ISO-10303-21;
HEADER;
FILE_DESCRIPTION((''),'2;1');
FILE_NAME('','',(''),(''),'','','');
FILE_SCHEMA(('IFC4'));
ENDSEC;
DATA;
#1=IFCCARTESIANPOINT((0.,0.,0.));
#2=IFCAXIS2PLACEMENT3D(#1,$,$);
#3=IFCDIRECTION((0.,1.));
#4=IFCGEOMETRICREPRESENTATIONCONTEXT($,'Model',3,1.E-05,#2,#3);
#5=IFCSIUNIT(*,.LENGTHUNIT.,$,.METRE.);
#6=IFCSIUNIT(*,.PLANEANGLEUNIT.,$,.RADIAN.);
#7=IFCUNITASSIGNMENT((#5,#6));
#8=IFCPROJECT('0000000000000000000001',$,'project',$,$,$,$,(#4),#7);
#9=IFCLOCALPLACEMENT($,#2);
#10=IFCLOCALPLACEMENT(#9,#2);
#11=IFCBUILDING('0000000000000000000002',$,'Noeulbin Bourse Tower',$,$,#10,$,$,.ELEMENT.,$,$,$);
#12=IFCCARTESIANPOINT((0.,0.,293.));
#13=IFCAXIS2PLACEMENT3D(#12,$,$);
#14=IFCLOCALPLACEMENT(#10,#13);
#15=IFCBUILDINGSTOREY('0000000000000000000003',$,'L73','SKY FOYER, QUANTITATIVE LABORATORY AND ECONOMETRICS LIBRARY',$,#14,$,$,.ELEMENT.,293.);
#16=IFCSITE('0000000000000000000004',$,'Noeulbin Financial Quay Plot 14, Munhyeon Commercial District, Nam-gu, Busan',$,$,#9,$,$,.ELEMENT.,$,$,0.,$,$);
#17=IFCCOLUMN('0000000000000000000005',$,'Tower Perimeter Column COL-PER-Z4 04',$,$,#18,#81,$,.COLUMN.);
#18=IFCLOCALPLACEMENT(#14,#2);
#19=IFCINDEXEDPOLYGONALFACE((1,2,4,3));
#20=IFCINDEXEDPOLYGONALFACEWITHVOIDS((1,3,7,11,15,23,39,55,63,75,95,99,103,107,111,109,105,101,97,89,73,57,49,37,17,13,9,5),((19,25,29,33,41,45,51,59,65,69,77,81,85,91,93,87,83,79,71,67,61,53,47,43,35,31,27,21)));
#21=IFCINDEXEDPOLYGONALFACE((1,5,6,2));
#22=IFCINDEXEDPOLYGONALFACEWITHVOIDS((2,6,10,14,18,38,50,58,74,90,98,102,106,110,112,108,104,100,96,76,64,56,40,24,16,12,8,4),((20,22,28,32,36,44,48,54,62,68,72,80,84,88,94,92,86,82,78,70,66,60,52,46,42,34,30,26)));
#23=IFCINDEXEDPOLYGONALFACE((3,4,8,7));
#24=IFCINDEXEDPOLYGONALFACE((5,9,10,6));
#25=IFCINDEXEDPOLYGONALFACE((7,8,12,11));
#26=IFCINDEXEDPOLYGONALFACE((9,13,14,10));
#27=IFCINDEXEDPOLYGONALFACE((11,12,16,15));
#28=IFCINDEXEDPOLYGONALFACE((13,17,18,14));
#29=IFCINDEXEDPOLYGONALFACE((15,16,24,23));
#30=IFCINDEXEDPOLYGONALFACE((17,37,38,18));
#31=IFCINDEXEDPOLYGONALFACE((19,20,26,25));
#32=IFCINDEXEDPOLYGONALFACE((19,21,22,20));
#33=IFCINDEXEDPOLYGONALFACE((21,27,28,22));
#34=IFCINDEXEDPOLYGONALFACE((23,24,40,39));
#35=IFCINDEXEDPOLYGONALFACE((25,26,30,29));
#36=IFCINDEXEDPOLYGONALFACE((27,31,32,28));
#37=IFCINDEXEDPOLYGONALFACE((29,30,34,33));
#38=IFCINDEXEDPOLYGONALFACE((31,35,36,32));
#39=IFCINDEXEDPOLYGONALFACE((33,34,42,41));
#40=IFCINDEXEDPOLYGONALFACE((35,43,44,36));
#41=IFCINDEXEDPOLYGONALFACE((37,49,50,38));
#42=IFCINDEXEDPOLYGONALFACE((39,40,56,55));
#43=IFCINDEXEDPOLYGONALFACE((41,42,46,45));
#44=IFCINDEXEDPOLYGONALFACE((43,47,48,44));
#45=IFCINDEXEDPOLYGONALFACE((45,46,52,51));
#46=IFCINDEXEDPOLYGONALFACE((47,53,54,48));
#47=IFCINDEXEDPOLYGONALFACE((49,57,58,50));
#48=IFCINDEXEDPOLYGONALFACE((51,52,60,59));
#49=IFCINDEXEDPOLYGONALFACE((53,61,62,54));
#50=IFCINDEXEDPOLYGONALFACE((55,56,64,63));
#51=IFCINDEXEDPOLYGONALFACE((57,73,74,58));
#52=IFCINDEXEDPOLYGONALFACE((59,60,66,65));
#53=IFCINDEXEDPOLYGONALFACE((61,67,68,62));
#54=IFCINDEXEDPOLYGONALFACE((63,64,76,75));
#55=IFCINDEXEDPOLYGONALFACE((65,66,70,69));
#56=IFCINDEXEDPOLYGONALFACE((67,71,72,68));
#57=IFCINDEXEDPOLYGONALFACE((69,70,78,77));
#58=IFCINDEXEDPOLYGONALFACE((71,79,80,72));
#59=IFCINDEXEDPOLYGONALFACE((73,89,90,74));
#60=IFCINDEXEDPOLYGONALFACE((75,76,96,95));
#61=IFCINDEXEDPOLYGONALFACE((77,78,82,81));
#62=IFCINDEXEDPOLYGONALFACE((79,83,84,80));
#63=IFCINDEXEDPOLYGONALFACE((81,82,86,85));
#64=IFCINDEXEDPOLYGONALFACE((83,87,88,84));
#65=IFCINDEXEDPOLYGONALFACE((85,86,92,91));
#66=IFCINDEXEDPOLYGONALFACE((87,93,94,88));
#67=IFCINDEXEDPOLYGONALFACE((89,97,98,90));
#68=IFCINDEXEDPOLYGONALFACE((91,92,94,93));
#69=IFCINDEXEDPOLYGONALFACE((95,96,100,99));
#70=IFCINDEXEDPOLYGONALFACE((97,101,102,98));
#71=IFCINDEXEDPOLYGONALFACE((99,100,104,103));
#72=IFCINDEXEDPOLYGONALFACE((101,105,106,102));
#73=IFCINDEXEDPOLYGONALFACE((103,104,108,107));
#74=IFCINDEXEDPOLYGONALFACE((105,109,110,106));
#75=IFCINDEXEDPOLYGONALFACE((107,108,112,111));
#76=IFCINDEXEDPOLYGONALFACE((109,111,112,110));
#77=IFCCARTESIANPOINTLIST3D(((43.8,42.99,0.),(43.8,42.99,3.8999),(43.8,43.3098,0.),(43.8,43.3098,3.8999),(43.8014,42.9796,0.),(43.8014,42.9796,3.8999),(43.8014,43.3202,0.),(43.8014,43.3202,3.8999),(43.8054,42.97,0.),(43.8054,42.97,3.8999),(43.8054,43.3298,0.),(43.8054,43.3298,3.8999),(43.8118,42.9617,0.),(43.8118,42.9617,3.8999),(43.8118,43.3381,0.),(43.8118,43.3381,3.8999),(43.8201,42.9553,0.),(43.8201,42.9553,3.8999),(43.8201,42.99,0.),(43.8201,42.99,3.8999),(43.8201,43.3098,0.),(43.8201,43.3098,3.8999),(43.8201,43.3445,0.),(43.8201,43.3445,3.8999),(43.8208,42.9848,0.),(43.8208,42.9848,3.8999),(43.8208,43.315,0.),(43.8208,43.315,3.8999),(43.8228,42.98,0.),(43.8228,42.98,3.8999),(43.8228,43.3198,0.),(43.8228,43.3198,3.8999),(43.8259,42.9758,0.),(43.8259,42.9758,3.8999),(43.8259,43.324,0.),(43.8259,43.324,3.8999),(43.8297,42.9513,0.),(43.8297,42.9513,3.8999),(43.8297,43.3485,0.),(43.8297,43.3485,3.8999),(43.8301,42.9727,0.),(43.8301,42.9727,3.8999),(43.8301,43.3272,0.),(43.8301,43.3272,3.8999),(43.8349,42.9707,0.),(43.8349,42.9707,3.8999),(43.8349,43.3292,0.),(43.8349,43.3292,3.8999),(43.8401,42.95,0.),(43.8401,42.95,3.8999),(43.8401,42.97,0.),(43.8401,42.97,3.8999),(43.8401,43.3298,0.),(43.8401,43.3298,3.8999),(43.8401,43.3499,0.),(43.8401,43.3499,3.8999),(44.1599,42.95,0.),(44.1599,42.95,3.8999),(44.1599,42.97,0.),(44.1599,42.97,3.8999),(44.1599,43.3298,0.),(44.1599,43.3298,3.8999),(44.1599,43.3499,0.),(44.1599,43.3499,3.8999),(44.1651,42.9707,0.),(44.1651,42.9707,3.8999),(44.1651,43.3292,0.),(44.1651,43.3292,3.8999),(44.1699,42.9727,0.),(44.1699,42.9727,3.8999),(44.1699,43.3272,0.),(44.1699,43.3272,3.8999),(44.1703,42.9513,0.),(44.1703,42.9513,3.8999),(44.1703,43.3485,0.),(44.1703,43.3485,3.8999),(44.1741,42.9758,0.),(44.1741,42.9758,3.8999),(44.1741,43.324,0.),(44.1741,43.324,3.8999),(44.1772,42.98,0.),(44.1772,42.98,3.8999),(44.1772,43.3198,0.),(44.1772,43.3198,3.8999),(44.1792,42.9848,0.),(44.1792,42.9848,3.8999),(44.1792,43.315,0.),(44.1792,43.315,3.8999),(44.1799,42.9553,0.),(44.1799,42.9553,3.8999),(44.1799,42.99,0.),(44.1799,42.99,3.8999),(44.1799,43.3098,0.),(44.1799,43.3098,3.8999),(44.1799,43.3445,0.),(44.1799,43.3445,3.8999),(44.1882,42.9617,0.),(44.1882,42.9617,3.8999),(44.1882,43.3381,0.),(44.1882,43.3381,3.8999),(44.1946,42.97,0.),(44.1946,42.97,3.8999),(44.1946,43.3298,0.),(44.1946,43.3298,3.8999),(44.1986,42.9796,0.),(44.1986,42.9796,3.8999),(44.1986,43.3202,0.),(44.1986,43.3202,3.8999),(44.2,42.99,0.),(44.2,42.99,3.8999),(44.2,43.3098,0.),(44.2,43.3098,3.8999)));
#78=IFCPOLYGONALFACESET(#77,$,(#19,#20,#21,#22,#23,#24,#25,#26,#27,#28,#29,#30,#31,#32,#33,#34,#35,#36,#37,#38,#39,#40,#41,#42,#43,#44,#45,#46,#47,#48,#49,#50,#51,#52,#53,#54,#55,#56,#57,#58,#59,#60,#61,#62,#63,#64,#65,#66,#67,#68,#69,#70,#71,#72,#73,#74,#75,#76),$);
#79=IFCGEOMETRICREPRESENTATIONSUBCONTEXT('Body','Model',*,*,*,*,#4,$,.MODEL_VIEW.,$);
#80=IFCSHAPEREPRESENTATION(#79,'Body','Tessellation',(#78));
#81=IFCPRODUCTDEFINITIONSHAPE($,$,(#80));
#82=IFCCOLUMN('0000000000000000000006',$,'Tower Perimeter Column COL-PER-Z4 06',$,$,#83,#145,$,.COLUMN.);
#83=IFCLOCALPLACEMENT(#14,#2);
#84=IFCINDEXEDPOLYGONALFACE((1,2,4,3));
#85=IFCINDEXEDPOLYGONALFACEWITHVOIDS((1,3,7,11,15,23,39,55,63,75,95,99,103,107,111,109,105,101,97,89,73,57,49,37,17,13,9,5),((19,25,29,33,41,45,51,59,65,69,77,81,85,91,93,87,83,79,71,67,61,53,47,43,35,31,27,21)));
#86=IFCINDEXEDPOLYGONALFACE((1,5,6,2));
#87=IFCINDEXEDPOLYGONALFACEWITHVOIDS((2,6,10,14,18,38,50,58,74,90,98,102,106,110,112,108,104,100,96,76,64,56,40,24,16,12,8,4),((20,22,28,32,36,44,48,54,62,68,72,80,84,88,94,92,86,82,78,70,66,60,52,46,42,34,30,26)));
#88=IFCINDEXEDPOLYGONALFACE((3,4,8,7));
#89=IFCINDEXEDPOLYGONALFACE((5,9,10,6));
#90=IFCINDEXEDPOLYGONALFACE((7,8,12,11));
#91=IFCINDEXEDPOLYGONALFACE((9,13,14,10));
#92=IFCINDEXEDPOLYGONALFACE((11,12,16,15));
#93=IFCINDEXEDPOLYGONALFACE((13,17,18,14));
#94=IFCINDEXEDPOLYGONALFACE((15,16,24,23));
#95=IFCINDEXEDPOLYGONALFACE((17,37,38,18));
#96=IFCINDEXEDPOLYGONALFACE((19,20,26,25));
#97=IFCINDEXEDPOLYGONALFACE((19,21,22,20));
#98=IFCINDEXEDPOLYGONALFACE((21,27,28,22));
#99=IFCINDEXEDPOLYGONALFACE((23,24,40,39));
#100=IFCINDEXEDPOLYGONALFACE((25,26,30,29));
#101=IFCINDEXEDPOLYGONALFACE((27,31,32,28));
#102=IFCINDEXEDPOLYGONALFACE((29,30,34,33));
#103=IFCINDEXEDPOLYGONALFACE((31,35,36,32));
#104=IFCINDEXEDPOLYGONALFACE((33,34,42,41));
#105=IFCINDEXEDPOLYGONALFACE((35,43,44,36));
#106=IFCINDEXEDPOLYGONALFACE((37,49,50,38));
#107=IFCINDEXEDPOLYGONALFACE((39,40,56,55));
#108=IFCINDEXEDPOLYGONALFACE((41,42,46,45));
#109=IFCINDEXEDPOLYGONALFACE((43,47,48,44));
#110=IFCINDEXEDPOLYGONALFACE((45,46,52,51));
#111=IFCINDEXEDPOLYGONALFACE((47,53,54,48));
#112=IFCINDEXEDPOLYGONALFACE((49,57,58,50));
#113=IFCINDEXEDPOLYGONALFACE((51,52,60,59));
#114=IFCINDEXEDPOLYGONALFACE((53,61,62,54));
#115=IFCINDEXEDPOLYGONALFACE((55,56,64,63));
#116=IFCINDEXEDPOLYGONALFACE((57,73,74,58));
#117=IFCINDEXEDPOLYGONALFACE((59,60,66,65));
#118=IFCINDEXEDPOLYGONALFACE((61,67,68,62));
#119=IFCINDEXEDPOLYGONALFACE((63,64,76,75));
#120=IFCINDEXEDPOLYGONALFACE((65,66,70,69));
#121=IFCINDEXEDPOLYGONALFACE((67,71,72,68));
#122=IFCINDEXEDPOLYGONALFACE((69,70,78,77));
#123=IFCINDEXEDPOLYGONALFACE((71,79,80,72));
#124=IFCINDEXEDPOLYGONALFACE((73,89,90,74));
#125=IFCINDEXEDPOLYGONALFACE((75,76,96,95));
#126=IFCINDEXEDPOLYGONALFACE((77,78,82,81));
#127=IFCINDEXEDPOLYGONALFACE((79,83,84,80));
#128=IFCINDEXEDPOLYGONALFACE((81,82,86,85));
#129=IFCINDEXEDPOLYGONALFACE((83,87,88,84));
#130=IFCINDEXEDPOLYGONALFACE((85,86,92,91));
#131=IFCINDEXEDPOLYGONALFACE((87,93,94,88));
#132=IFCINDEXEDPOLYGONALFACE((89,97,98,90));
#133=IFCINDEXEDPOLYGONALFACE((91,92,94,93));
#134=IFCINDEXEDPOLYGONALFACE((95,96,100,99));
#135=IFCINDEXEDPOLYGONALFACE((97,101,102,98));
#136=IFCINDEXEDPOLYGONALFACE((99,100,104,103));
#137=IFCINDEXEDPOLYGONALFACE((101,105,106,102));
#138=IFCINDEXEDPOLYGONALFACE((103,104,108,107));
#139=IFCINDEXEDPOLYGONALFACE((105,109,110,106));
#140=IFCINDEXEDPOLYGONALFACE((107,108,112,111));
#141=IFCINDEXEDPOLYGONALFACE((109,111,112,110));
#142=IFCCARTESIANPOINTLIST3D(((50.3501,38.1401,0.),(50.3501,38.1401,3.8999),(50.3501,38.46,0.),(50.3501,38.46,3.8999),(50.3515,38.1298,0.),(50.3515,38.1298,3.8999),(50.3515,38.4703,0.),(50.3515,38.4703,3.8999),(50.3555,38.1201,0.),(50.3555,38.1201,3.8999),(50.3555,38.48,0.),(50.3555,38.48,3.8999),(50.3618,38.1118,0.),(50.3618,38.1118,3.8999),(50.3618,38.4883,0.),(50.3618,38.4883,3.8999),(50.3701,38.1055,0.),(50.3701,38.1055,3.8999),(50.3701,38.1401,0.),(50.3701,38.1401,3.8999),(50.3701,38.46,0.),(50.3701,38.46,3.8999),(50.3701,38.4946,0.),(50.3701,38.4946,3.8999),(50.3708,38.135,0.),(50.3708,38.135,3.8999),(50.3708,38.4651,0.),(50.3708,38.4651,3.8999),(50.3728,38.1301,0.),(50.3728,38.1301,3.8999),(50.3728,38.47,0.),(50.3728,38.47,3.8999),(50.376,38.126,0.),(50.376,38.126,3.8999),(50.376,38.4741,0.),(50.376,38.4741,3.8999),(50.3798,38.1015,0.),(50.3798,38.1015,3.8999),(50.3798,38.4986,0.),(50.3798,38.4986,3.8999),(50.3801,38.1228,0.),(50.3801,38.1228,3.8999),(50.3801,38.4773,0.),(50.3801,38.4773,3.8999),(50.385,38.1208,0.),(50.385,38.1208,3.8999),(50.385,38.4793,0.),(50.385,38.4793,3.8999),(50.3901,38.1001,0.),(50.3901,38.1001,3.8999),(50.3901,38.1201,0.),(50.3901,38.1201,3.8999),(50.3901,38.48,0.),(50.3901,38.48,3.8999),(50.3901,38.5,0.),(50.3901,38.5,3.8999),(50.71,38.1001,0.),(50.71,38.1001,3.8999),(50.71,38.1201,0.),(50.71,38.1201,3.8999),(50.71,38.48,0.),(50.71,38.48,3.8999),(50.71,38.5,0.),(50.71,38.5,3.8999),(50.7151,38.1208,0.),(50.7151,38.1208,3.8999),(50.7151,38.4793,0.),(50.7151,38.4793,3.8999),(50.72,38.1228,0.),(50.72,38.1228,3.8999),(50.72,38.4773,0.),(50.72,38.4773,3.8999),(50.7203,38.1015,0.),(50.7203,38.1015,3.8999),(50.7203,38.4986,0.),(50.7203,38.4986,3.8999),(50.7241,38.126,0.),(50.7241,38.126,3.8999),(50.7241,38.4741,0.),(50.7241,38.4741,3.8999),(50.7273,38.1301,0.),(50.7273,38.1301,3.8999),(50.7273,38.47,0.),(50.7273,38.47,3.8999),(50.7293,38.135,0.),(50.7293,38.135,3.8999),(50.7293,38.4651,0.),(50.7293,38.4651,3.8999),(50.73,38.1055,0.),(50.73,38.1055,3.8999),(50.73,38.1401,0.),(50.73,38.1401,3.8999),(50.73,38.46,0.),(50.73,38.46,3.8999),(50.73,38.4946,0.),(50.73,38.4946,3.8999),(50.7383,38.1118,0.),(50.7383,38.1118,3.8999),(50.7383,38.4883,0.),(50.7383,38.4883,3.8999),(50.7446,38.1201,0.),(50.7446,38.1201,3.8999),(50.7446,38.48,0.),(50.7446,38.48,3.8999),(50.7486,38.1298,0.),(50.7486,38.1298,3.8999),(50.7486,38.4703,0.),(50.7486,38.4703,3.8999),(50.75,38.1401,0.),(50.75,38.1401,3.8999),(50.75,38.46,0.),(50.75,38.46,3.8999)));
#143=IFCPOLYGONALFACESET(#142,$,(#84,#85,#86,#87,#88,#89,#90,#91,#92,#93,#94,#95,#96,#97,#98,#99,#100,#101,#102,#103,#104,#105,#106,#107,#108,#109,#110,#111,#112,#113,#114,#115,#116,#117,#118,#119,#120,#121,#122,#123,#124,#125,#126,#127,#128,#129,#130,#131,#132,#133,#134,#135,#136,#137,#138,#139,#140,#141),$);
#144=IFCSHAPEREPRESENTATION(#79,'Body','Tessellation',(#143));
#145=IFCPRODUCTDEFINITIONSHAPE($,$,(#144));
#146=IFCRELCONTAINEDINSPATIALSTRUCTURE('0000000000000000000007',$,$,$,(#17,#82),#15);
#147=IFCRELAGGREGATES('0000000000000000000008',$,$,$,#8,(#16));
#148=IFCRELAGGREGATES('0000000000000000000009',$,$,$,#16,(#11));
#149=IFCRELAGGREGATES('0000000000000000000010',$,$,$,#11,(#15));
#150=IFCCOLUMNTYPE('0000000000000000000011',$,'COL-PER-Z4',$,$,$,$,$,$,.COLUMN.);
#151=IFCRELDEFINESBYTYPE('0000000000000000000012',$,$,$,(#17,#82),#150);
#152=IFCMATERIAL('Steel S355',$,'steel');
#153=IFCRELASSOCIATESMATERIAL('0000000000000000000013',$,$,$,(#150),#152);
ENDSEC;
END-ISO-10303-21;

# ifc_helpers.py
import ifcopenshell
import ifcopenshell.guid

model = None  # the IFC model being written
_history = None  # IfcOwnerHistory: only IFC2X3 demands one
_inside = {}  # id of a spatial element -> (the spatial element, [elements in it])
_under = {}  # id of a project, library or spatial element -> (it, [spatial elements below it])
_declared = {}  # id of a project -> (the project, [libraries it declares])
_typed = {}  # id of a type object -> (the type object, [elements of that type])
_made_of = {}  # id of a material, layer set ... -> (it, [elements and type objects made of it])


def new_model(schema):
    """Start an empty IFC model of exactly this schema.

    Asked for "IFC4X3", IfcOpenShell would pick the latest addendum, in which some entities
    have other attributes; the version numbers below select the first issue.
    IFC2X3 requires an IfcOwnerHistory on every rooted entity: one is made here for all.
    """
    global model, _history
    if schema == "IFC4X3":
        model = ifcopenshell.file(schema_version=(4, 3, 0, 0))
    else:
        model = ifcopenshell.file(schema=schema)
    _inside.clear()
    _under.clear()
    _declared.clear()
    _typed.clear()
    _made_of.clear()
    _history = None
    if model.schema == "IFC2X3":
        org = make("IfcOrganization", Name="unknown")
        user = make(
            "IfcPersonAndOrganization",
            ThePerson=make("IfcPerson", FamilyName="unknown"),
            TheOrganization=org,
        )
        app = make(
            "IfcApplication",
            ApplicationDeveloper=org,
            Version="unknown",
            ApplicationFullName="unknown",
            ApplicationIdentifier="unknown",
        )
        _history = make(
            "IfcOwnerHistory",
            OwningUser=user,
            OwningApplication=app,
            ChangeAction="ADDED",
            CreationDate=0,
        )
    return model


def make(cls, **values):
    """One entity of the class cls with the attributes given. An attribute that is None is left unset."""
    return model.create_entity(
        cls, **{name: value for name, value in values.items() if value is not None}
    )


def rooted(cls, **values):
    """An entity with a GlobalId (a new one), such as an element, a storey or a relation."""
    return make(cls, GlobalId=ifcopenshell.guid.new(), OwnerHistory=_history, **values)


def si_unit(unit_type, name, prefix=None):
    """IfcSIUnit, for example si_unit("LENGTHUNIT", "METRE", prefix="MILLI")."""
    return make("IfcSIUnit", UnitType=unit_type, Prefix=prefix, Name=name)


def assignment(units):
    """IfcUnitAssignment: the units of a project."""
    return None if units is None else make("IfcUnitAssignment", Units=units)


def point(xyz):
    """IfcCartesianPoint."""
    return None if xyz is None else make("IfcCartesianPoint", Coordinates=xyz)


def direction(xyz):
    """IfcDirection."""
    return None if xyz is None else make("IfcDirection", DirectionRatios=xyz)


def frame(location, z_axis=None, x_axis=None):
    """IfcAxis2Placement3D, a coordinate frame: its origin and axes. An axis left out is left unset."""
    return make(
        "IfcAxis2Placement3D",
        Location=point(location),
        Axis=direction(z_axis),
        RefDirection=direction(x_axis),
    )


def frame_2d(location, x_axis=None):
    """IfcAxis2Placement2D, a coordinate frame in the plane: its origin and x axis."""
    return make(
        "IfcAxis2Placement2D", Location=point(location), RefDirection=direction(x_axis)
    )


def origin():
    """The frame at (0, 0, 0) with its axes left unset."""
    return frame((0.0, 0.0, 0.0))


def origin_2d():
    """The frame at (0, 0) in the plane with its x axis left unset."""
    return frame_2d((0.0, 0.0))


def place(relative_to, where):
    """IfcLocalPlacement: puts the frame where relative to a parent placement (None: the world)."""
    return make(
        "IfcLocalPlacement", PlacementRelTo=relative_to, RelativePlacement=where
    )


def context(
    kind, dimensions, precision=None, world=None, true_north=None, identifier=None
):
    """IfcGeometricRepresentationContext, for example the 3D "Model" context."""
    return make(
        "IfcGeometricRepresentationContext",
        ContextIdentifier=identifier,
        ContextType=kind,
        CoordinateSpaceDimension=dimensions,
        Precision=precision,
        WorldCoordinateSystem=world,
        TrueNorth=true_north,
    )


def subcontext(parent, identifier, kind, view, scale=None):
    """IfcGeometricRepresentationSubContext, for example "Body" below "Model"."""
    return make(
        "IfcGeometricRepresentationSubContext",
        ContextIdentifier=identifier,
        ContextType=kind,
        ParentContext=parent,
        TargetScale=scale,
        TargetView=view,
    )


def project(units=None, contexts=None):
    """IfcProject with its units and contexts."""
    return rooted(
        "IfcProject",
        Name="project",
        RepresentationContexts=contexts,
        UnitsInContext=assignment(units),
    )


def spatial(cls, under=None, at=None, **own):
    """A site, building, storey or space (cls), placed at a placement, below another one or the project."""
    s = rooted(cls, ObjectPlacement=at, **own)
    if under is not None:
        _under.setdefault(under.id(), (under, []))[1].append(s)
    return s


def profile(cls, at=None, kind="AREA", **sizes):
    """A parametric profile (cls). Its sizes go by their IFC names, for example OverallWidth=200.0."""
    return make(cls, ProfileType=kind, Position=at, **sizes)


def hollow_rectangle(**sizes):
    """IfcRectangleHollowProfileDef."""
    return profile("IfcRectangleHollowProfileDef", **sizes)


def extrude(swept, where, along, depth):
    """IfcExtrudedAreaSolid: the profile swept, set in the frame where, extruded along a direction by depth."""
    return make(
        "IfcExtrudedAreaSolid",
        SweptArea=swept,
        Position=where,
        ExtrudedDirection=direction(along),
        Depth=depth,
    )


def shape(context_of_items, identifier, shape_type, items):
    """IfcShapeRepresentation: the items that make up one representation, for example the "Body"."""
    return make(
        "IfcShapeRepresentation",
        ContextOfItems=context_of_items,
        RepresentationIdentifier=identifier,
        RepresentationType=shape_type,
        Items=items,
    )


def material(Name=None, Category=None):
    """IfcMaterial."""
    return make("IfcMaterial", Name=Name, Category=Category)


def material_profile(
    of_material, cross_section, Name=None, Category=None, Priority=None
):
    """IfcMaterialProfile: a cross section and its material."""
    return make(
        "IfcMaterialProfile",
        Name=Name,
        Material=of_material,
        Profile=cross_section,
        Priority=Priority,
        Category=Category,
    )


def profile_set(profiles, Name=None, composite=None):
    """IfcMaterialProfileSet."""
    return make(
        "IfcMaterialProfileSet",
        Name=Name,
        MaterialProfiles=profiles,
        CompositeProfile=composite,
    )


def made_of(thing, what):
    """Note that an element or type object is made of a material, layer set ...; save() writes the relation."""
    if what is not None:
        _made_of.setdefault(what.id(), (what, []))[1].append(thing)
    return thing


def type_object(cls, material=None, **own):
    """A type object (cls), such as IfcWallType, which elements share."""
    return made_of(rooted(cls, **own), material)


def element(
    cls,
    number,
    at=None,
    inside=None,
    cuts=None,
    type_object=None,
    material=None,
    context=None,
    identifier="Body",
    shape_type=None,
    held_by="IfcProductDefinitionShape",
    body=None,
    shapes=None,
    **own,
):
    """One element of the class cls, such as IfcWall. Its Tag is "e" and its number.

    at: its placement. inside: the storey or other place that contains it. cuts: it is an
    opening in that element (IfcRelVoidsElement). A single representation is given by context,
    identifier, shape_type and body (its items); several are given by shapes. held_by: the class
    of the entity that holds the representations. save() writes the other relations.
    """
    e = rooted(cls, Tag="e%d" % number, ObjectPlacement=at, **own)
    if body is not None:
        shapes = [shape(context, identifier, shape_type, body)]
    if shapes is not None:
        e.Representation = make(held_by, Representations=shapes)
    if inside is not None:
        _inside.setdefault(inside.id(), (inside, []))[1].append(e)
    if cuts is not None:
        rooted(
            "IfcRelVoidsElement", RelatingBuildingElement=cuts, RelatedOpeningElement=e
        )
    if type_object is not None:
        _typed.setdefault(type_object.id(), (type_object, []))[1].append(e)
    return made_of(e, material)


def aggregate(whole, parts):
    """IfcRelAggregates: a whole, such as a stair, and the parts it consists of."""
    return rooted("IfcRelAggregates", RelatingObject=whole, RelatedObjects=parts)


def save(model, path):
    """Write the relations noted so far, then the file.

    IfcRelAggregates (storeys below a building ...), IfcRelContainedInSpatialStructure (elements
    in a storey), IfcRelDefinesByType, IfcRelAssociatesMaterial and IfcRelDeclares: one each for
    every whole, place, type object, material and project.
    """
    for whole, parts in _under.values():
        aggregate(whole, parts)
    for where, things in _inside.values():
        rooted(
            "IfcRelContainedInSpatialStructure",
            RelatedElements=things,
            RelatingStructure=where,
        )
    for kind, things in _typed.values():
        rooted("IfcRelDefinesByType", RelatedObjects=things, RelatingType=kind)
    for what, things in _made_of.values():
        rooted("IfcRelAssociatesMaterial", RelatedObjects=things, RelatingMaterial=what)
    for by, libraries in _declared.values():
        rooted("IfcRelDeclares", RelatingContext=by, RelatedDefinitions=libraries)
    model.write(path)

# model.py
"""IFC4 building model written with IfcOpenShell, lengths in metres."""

from ifc_helpers import new_model, si_unit, direction, frame, origin, origin_2d, place, context, subcontext, project, spatial, hollow_rectangle, extrude, material, material_profile, profile_set, type_object, element, save


model = new_model("IFC4")

# Units and contexts
model_context = context("Model", 3, precision=1e-05, world=origin(), true_north=direction((0.0, 1.0)))
body_context = subcontext(model_context, "Body", "Model", "MODEL_VIEW")
ifc_project = project(units=[si_unit("LENGTHUNIT", "METRE"), si_unit("PLANEANGLEUNIT", "RADIAN")], contexts=[model_context])

# Site, building, storey
site_placement = place(None, origin())
site = spatial("IfcSite", under=ifc_project, at=site_placement, Name="Noeulbin Financial Quay Plot 14, Munhyeon Commercial District, Nam-gu, Busan", CompositionType="ELEMENT", RefElevation=0.0)
building_placement = place(site_placement, origin())
building = spatial("IfcBuilding", under=site, at=building_placement, Name="Noeulbin Bourse Tower", CompositionType="ELEMENT")
storey_placement = place(building_placement, frame((0.0, 0.0, 293.0)))
storey = spatial("IfcBuildingStorey", under=building, at=storey_placement, Name="L73", Description="SKY FOYER, QUANTITATIVE LABORATORY AND ECONOMETRICS LIBRARY", CompositionType="ELEMENT", Elevation=293.0)

# Columns
ifc_material_1 = material(Name="Steel S355", Category="steel")
ifc_material_profile_1 = material_profile(ifc_material_1, hollow_rectangle(XDim=0.3999, YDim=0.3999, WallThickness=0.02, InnerFilletRadius=0.02, OuterFilletRadius=0.04, at=origin_2d()), Name="SHS-400x400x20", Category="LoadBearing")
ifc_profile_set_1 = profile_set([ifc_material_profile_1], Name="Steel S355")
column_type_1 = type_object("IfcColumnType", Name="COL-PER-Z4", PredefinedType="COLUMN", material=ifc_profile_set_1)
for number, where, z_axis, x_axis, name in (
    (1, (44.0, 43.1499, 0.0), (0.0, 0.0, 1.0), (1.0, 0.0, 0.0), "Tower Perimeter Column COL-PER-Z4 04"),
    (2, (50.55, 38.3, 0.0), (0.0, 0.0, 1.0), (1.0, 0.0, 0.0), "Tower Perimeter Column COL-PER-Z4 06"),
):
    element("IfcColumn", number, at=place(storey_placement, frame(where, z_axis=z_axis, x_axis=x_axis)), inside=storey, type_object=column_type_1, Name=name, PredefinedType="COLUMN", context=body_context, shape_type="SweptSolid", body=[
        extrude(hollow_rectangle(XDim=0.3999, YDim=0.3999, WallThickness=0.02, InnerFilletRadius=0.02, OuterFilletRadius=0.04, at=origin_2d()), origin(), (0.0, 0.0, 1.0), 3.8999),
    ])

save(model, "model.ifc")
